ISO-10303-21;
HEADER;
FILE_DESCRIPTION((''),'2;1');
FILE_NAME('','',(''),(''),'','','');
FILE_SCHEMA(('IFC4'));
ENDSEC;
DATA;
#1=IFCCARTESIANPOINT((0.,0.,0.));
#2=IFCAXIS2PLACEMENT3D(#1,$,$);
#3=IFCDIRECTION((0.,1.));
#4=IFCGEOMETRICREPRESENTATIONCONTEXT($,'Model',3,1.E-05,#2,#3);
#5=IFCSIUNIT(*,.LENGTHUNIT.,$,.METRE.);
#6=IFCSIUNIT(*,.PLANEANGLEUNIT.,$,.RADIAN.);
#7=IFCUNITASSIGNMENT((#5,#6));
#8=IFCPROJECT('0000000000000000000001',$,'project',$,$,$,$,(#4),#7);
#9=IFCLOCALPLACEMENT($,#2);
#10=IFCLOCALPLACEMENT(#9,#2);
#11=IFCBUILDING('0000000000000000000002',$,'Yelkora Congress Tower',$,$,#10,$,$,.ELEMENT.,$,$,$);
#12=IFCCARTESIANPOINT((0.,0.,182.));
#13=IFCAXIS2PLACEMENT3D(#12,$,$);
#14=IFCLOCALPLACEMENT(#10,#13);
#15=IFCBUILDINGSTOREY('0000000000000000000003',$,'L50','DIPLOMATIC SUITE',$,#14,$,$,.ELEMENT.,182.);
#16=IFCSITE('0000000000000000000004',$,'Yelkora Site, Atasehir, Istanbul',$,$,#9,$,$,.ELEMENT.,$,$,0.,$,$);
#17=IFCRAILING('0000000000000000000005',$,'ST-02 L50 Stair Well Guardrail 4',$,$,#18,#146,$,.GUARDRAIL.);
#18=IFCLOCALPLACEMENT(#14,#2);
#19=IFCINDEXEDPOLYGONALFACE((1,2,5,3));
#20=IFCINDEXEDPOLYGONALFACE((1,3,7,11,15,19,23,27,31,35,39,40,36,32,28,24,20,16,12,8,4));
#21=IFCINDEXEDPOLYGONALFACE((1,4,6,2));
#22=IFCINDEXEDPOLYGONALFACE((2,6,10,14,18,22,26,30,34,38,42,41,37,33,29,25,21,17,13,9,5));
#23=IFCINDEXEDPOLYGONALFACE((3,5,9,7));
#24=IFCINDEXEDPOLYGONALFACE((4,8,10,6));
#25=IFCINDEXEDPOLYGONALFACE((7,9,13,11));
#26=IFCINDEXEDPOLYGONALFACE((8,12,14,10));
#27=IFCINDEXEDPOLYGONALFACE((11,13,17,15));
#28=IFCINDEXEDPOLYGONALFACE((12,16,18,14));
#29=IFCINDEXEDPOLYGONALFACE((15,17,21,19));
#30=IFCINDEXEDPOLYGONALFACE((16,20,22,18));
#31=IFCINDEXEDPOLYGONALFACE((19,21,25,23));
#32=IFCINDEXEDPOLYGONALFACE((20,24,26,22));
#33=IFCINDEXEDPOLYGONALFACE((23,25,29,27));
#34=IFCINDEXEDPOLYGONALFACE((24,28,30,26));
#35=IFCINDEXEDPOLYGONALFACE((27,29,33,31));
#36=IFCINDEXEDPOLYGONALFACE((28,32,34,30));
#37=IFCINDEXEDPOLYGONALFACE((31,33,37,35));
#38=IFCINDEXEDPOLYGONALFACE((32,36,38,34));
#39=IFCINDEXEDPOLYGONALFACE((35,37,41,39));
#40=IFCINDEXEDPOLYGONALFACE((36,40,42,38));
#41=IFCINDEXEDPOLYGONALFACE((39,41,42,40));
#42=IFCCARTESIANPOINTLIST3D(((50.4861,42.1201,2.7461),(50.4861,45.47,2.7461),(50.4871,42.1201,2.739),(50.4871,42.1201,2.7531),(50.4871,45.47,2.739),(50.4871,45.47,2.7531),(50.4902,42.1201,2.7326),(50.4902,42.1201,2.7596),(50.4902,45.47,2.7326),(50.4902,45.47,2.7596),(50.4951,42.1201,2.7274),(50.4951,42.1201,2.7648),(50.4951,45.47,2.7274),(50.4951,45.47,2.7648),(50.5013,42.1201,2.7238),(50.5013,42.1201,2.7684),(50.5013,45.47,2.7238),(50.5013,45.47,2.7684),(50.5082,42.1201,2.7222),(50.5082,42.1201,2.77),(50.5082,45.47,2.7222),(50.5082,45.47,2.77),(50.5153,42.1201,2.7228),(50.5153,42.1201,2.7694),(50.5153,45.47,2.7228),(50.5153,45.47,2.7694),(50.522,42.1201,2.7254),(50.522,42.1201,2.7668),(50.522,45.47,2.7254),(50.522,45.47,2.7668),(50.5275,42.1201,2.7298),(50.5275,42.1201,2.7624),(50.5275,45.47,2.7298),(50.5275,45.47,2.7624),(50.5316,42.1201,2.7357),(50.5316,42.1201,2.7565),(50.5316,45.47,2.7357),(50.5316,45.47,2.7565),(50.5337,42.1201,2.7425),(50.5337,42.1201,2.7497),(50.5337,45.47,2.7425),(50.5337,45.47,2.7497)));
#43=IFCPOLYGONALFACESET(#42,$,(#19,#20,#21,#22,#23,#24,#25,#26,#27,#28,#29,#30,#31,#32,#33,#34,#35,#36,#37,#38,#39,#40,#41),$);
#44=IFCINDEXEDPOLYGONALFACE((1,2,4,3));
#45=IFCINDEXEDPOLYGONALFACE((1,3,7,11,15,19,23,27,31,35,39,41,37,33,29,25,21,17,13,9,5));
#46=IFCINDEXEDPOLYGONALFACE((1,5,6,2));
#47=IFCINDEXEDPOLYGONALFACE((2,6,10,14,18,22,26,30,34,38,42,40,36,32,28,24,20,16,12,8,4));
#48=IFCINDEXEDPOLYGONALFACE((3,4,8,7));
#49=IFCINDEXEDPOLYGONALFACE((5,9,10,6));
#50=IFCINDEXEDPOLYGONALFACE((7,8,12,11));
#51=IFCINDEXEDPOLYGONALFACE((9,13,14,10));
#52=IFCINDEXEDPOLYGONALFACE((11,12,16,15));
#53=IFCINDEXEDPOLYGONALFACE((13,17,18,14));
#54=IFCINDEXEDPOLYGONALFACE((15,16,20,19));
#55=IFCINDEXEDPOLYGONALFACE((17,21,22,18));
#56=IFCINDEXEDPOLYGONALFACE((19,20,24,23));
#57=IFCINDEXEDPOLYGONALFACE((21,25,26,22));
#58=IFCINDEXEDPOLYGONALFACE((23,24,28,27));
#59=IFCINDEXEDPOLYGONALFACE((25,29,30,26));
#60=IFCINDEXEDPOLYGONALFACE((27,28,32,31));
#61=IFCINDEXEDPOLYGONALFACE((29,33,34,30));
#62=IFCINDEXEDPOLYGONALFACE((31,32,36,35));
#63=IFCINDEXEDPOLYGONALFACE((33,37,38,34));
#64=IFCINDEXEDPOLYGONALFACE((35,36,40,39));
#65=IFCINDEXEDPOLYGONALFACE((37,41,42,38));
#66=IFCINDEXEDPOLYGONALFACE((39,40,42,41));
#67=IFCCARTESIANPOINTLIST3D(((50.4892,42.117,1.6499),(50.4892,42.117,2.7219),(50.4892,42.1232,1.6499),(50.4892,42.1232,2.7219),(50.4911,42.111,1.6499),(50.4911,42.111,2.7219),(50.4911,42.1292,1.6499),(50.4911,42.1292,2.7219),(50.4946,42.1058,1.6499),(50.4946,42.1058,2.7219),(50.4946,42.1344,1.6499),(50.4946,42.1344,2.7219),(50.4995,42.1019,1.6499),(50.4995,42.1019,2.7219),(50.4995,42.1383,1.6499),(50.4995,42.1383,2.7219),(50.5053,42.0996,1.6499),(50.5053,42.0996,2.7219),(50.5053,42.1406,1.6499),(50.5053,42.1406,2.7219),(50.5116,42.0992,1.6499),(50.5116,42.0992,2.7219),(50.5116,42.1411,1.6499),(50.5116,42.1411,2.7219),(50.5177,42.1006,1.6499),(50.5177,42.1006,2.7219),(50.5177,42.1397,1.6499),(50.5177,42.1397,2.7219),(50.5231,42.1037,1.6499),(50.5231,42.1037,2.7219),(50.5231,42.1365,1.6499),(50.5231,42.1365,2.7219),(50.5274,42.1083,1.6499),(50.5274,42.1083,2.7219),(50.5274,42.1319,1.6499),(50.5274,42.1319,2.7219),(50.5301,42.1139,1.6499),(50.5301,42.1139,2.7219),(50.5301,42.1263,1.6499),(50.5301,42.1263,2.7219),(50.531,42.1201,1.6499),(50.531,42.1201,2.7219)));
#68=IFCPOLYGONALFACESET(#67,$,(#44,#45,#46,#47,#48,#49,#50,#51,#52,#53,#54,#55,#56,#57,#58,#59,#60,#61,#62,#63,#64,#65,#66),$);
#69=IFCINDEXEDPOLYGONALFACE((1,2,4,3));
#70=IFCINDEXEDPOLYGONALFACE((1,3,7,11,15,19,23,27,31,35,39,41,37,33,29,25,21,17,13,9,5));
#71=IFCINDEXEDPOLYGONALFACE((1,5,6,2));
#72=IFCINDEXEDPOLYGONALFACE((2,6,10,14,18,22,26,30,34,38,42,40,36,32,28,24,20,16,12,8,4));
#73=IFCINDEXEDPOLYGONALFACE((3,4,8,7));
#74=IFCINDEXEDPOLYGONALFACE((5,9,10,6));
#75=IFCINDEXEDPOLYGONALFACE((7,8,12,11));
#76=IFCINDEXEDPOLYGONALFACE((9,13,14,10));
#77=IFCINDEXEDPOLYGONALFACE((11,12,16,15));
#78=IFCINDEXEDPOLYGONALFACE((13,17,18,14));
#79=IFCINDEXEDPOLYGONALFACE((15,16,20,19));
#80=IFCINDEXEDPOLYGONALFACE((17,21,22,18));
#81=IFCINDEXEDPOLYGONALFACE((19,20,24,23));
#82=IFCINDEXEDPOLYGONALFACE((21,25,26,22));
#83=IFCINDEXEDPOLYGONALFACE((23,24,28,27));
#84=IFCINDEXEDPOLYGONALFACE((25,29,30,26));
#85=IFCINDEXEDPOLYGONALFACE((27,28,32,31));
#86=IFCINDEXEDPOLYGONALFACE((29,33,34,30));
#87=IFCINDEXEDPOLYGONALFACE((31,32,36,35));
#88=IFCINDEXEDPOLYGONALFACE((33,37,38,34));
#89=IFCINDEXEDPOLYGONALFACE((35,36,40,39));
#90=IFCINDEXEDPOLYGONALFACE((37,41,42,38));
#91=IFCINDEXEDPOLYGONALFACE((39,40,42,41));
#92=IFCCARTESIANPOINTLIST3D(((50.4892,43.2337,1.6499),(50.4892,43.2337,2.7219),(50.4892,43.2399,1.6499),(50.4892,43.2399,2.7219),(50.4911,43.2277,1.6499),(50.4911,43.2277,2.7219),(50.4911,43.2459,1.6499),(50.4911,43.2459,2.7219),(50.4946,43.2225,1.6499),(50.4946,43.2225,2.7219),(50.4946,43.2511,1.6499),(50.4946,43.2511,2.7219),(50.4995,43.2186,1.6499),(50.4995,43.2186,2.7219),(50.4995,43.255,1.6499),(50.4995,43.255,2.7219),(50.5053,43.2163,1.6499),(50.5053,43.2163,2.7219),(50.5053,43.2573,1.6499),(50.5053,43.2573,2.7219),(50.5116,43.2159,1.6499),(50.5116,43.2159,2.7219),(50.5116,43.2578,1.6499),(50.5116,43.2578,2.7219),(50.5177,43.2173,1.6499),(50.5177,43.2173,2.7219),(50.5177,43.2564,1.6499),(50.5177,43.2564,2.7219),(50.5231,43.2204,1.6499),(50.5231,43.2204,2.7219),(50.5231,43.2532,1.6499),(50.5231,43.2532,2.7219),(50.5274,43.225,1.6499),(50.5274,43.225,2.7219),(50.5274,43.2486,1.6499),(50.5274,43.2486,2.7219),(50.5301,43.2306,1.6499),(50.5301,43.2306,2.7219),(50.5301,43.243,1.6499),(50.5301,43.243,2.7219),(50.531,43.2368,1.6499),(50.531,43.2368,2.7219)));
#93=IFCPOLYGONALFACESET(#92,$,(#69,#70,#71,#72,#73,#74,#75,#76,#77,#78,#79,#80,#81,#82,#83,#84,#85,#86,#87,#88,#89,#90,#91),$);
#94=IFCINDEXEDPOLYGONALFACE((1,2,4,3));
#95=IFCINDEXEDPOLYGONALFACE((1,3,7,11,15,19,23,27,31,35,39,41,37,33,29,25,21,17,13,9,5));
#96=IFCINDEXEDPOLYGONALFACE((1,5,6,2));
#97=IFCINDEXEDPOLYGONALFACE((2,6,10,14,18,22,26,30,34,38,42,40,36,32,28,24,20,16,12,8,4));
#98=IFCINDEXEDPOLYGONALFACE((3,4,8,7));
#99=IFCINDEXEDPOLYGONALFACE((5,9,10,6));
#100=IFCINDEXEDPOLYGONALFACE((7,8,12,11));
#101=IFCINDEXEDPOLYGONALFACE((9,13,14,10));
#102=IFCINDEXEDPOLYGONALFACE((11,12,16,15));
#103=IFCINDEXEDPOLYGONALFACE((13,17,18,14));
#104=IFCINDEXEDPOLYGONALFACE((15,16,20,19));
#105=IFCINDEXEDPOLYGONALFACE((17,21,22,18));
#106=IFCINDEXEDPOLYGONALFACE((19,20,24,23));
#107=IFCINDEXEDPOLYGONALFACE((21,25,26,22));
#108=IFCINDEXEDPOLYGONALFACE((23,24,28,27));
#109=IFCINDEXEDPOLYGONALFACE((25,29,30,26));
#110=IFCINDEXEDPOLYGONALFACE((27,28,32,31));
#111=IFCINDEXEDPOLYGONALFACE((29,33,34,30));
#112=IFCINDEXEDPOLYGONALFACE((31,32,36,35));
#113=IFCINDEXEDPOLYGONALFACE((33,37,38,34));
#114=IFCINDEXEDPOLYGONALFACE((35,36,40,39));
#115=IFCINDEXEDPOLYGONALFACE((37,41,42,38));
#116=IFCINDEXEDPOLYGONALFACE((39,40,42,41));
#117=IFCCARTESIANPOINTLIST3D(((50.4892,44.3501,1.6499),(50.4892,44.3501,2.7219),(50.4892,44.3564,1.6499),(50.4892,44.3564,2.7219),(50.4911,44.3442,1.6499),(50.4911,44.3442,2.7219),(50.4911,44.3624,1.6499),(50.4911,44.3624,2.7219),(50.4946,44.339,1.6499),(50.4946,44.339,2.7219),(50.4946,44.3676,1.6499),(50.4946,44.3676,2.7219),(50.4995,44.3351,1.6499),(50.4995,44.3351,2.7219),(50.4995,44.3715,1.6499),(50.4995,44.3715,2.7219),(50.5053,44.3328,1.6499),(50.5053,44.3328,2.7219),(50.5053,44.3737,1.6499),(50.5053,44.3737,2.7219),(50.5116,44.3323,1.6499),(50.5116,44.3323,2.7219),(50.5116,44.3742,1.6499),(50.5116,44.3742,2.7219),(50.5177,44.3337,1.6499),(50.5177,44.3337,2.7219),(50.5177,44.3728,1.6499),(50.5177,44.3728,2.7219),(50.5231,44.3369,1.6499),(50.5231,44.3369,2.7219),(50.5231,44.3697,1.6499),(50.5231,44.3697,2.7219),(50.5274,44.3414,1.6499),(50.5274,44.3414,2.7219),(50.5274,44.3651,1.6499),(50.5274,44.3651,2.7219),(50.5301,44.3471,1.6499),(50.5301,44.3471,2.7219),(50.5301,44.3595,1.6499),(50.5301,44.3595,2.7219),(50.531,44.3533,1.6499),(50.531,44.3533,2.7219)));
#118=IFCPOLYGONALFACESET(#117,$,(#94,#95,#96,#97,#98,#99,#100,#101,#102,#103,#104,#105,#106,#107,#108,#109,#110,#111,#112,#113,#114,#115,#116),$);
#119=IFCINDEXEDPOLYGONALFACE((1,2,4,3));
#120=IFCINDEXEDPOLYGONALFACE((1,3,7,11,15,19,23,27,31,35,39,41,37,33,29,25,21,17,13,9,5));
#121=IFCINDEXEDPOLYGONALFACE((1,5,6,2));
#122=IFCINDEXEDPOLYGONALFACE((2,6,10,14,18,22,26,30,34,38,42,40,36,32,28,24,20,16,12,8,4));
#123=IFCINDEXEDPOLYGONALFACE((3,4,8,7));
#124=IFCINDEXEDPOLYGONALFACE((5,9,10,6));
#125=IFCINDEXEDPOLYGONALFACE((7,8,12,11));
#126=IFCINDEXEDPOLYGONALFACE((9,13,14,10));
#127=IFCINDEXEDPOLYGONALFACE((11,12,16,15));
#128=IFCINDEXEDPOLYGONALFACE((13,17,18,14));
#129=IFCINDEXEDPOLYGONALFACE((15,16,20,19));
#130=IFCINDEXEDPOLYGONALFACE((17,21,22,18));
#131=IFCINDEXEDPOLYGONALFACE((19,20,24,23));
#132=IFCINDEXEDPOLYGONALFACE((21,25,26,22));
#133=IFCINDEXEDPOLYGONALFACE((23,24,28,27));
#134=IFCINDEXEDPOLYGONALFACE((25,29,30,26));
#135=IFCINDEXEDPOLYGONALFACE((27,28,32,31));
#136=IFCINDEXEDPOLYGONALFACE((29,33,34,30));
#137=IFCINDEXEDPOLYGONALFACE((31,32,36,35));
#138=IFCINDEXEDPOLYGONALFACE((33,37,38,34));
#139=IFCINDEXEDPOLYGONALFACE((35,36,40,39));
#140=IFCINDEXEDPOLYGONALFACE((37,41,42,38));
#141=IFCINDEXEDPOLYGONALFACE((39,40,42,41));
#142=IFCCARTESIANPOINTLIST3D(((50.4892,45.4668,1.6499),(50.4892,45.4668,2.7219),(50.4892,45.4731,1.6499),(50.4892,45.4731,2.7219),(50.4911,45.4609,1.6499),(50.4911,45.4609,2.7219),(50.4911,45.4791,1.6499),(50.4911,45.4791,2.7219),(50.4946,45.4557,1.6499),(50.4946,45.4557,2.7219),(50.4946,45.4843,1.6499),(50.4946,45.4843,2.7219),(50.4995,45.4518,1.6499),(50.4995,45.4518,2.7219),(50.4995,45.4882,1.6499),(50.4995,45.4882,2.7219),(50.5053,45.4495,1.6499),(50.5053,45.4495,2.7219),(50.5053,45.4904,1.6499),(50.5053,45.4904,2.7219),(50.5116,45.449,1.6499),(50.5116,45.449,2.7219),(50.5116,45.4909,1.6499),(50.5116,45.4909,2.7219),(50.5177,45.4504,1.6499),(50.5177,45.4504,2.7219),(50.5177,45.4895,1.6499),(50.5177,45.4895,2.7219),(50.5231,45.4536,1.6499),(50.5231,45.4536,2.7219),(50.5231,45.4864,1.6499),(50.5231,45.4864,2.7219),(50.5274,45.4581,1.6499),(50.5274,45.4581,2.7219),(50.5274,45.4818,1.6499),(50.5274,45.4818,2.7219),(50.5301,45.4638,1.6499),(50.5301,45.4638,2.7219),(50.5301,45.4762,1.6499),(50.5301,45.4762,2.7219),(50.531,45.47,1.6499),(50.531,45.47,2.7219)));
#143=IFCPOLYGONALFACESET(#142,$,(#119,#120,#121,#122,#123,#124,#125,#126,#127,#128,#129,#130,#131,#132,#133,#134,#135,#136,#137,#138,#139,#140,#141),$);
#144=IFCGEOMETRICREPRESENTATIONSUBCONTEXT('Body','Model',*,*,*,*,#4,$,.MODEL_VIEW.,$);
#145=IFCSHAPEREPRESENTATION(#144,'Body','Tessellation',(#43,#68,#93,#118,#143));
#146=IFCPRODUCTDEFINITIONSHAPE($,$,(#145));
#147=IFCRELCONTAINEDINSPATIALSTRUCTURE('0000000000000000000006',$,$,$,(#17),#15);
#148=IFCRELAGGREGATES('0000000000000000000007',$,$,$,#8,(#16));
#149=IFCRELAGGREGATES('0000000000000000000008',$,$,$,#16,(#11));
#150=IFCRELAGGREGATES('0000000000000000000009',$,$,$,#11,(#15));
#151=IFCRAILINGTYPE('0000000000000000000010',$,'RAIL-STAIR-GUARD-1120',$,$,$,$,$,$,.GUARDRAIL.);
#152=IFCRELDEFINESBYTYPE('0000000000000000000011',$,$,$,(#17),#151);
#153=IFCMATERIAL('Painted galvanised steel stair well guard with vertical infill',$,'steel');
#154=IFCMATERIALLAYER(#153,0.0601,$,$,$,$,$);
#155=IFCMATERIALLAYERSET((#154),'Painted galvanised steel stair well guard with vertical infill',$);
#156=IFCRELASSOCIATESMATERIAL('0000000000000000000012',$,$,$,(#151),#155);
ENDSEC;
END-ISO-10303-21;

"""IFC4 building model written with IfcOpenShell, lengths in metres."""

from ifc_helpers import new_model, si_unit, direction, frame, origin, origin_2d, place, context, subcontext, project, spatial, circle, extrude, material, layer, layer_set, type_object, element, save


model = new_model("IFC4")

# Units and contexts
model_context = context("Model", 3, precision=1e-05, world=origin(), true_north=direction((0.0, 1.0)))
body_context = subcontext(model_context, "Body", "Model", "MODEL_VIEW")
ifc_project = project(units=[si_unit("LENGTHUNIT", "METRE"), si_unit("PLANEANGLEUNIT", "RADIAN")], contexts=[model_context])

# Site, building, storey
site_placement = place(None, origin())
site = spatial("IfcSite", under=ifc_project, at=site_placement, Name="Yelkora Site, Atasehir, Istanbul", CompositionType="ELEMENT", RefElevation=0.0)
building_placement = place(site_placement, origin())
building = spatial("IfcBuilding", under=site, at=building_placement, Name="Yelkora Congress Tower", CompositionType="ELEMENT")
storey_placement = place(building_placement, frame((0.0, 0.0, 182.0)))
storey = spatial("IfcBuildingStorey", under=building, at=storey_placement, Name="L50", Description="DIPLOMATIC SUITE", CompositionType="ELEMENT", Elevation=182.0)

# Railing
ifc_material_1 = material(Name="Painted galvanised steel stair well guard with vertical infill", Category="steel")
ifc_layer_1 = layer(ifc_material_1, 0.0601)
ifc_layer_set_1 = layer_set([ifc_layer_1], Name="Painted galvanised steel stair well guard with vertical infill")
railing_type_1 = type_object("IfcRailingType", Name="RAIL-STAIR-GUARD-1120", PredefinedType="GUARDRAIL", material=ifc_layer_set_1)
for number, where, name in (
    (1, (50.51, 42.1201, 1.6499), "ST-02 L50 Stair Well Guardrail 4"),
):
    element("IfcRailing", number, at=place(storey_placement, frame(where)), inside=storey, type_object=railing_type_1, Name=name, PredefinedType="GUARDRAIL", context=body_context, shape_type="SweptSolid", body=[
        extrude(circle(Radius=0.0239, at=origin_2d()), frame((0.0, 0.0, 1.0962), z_axis=(0.0, 1.0, 0.0), x_axis=(-1.0, 0.0, 0.0)), (0.0, 0.0, 1.0), 3.3499),
        extrude(circle(Radius=0.021, at=origin_2d()), origin(), (0.0, 0.0, 1.0), 1.072),
        extrude(circle(Radius=0.021, at=origin_2d()), frame((0.0, 1.1167, 0.0)), (0.0, 0.0, 1.0), 1.072),
        extrude(circle(Radius=0.021, at=origin_2d()), frame((0.0, 2.2332, 0.0)), (0.0, 0.0, 1.0), 1.072),
        extrude(circle(Radius=0.021, at=origin_2d()), frame((0.0, 3.3499, 0.0)), (0.0, 0.0, 1.0), 1.072),
    ])

save(model, "model.ifc")
